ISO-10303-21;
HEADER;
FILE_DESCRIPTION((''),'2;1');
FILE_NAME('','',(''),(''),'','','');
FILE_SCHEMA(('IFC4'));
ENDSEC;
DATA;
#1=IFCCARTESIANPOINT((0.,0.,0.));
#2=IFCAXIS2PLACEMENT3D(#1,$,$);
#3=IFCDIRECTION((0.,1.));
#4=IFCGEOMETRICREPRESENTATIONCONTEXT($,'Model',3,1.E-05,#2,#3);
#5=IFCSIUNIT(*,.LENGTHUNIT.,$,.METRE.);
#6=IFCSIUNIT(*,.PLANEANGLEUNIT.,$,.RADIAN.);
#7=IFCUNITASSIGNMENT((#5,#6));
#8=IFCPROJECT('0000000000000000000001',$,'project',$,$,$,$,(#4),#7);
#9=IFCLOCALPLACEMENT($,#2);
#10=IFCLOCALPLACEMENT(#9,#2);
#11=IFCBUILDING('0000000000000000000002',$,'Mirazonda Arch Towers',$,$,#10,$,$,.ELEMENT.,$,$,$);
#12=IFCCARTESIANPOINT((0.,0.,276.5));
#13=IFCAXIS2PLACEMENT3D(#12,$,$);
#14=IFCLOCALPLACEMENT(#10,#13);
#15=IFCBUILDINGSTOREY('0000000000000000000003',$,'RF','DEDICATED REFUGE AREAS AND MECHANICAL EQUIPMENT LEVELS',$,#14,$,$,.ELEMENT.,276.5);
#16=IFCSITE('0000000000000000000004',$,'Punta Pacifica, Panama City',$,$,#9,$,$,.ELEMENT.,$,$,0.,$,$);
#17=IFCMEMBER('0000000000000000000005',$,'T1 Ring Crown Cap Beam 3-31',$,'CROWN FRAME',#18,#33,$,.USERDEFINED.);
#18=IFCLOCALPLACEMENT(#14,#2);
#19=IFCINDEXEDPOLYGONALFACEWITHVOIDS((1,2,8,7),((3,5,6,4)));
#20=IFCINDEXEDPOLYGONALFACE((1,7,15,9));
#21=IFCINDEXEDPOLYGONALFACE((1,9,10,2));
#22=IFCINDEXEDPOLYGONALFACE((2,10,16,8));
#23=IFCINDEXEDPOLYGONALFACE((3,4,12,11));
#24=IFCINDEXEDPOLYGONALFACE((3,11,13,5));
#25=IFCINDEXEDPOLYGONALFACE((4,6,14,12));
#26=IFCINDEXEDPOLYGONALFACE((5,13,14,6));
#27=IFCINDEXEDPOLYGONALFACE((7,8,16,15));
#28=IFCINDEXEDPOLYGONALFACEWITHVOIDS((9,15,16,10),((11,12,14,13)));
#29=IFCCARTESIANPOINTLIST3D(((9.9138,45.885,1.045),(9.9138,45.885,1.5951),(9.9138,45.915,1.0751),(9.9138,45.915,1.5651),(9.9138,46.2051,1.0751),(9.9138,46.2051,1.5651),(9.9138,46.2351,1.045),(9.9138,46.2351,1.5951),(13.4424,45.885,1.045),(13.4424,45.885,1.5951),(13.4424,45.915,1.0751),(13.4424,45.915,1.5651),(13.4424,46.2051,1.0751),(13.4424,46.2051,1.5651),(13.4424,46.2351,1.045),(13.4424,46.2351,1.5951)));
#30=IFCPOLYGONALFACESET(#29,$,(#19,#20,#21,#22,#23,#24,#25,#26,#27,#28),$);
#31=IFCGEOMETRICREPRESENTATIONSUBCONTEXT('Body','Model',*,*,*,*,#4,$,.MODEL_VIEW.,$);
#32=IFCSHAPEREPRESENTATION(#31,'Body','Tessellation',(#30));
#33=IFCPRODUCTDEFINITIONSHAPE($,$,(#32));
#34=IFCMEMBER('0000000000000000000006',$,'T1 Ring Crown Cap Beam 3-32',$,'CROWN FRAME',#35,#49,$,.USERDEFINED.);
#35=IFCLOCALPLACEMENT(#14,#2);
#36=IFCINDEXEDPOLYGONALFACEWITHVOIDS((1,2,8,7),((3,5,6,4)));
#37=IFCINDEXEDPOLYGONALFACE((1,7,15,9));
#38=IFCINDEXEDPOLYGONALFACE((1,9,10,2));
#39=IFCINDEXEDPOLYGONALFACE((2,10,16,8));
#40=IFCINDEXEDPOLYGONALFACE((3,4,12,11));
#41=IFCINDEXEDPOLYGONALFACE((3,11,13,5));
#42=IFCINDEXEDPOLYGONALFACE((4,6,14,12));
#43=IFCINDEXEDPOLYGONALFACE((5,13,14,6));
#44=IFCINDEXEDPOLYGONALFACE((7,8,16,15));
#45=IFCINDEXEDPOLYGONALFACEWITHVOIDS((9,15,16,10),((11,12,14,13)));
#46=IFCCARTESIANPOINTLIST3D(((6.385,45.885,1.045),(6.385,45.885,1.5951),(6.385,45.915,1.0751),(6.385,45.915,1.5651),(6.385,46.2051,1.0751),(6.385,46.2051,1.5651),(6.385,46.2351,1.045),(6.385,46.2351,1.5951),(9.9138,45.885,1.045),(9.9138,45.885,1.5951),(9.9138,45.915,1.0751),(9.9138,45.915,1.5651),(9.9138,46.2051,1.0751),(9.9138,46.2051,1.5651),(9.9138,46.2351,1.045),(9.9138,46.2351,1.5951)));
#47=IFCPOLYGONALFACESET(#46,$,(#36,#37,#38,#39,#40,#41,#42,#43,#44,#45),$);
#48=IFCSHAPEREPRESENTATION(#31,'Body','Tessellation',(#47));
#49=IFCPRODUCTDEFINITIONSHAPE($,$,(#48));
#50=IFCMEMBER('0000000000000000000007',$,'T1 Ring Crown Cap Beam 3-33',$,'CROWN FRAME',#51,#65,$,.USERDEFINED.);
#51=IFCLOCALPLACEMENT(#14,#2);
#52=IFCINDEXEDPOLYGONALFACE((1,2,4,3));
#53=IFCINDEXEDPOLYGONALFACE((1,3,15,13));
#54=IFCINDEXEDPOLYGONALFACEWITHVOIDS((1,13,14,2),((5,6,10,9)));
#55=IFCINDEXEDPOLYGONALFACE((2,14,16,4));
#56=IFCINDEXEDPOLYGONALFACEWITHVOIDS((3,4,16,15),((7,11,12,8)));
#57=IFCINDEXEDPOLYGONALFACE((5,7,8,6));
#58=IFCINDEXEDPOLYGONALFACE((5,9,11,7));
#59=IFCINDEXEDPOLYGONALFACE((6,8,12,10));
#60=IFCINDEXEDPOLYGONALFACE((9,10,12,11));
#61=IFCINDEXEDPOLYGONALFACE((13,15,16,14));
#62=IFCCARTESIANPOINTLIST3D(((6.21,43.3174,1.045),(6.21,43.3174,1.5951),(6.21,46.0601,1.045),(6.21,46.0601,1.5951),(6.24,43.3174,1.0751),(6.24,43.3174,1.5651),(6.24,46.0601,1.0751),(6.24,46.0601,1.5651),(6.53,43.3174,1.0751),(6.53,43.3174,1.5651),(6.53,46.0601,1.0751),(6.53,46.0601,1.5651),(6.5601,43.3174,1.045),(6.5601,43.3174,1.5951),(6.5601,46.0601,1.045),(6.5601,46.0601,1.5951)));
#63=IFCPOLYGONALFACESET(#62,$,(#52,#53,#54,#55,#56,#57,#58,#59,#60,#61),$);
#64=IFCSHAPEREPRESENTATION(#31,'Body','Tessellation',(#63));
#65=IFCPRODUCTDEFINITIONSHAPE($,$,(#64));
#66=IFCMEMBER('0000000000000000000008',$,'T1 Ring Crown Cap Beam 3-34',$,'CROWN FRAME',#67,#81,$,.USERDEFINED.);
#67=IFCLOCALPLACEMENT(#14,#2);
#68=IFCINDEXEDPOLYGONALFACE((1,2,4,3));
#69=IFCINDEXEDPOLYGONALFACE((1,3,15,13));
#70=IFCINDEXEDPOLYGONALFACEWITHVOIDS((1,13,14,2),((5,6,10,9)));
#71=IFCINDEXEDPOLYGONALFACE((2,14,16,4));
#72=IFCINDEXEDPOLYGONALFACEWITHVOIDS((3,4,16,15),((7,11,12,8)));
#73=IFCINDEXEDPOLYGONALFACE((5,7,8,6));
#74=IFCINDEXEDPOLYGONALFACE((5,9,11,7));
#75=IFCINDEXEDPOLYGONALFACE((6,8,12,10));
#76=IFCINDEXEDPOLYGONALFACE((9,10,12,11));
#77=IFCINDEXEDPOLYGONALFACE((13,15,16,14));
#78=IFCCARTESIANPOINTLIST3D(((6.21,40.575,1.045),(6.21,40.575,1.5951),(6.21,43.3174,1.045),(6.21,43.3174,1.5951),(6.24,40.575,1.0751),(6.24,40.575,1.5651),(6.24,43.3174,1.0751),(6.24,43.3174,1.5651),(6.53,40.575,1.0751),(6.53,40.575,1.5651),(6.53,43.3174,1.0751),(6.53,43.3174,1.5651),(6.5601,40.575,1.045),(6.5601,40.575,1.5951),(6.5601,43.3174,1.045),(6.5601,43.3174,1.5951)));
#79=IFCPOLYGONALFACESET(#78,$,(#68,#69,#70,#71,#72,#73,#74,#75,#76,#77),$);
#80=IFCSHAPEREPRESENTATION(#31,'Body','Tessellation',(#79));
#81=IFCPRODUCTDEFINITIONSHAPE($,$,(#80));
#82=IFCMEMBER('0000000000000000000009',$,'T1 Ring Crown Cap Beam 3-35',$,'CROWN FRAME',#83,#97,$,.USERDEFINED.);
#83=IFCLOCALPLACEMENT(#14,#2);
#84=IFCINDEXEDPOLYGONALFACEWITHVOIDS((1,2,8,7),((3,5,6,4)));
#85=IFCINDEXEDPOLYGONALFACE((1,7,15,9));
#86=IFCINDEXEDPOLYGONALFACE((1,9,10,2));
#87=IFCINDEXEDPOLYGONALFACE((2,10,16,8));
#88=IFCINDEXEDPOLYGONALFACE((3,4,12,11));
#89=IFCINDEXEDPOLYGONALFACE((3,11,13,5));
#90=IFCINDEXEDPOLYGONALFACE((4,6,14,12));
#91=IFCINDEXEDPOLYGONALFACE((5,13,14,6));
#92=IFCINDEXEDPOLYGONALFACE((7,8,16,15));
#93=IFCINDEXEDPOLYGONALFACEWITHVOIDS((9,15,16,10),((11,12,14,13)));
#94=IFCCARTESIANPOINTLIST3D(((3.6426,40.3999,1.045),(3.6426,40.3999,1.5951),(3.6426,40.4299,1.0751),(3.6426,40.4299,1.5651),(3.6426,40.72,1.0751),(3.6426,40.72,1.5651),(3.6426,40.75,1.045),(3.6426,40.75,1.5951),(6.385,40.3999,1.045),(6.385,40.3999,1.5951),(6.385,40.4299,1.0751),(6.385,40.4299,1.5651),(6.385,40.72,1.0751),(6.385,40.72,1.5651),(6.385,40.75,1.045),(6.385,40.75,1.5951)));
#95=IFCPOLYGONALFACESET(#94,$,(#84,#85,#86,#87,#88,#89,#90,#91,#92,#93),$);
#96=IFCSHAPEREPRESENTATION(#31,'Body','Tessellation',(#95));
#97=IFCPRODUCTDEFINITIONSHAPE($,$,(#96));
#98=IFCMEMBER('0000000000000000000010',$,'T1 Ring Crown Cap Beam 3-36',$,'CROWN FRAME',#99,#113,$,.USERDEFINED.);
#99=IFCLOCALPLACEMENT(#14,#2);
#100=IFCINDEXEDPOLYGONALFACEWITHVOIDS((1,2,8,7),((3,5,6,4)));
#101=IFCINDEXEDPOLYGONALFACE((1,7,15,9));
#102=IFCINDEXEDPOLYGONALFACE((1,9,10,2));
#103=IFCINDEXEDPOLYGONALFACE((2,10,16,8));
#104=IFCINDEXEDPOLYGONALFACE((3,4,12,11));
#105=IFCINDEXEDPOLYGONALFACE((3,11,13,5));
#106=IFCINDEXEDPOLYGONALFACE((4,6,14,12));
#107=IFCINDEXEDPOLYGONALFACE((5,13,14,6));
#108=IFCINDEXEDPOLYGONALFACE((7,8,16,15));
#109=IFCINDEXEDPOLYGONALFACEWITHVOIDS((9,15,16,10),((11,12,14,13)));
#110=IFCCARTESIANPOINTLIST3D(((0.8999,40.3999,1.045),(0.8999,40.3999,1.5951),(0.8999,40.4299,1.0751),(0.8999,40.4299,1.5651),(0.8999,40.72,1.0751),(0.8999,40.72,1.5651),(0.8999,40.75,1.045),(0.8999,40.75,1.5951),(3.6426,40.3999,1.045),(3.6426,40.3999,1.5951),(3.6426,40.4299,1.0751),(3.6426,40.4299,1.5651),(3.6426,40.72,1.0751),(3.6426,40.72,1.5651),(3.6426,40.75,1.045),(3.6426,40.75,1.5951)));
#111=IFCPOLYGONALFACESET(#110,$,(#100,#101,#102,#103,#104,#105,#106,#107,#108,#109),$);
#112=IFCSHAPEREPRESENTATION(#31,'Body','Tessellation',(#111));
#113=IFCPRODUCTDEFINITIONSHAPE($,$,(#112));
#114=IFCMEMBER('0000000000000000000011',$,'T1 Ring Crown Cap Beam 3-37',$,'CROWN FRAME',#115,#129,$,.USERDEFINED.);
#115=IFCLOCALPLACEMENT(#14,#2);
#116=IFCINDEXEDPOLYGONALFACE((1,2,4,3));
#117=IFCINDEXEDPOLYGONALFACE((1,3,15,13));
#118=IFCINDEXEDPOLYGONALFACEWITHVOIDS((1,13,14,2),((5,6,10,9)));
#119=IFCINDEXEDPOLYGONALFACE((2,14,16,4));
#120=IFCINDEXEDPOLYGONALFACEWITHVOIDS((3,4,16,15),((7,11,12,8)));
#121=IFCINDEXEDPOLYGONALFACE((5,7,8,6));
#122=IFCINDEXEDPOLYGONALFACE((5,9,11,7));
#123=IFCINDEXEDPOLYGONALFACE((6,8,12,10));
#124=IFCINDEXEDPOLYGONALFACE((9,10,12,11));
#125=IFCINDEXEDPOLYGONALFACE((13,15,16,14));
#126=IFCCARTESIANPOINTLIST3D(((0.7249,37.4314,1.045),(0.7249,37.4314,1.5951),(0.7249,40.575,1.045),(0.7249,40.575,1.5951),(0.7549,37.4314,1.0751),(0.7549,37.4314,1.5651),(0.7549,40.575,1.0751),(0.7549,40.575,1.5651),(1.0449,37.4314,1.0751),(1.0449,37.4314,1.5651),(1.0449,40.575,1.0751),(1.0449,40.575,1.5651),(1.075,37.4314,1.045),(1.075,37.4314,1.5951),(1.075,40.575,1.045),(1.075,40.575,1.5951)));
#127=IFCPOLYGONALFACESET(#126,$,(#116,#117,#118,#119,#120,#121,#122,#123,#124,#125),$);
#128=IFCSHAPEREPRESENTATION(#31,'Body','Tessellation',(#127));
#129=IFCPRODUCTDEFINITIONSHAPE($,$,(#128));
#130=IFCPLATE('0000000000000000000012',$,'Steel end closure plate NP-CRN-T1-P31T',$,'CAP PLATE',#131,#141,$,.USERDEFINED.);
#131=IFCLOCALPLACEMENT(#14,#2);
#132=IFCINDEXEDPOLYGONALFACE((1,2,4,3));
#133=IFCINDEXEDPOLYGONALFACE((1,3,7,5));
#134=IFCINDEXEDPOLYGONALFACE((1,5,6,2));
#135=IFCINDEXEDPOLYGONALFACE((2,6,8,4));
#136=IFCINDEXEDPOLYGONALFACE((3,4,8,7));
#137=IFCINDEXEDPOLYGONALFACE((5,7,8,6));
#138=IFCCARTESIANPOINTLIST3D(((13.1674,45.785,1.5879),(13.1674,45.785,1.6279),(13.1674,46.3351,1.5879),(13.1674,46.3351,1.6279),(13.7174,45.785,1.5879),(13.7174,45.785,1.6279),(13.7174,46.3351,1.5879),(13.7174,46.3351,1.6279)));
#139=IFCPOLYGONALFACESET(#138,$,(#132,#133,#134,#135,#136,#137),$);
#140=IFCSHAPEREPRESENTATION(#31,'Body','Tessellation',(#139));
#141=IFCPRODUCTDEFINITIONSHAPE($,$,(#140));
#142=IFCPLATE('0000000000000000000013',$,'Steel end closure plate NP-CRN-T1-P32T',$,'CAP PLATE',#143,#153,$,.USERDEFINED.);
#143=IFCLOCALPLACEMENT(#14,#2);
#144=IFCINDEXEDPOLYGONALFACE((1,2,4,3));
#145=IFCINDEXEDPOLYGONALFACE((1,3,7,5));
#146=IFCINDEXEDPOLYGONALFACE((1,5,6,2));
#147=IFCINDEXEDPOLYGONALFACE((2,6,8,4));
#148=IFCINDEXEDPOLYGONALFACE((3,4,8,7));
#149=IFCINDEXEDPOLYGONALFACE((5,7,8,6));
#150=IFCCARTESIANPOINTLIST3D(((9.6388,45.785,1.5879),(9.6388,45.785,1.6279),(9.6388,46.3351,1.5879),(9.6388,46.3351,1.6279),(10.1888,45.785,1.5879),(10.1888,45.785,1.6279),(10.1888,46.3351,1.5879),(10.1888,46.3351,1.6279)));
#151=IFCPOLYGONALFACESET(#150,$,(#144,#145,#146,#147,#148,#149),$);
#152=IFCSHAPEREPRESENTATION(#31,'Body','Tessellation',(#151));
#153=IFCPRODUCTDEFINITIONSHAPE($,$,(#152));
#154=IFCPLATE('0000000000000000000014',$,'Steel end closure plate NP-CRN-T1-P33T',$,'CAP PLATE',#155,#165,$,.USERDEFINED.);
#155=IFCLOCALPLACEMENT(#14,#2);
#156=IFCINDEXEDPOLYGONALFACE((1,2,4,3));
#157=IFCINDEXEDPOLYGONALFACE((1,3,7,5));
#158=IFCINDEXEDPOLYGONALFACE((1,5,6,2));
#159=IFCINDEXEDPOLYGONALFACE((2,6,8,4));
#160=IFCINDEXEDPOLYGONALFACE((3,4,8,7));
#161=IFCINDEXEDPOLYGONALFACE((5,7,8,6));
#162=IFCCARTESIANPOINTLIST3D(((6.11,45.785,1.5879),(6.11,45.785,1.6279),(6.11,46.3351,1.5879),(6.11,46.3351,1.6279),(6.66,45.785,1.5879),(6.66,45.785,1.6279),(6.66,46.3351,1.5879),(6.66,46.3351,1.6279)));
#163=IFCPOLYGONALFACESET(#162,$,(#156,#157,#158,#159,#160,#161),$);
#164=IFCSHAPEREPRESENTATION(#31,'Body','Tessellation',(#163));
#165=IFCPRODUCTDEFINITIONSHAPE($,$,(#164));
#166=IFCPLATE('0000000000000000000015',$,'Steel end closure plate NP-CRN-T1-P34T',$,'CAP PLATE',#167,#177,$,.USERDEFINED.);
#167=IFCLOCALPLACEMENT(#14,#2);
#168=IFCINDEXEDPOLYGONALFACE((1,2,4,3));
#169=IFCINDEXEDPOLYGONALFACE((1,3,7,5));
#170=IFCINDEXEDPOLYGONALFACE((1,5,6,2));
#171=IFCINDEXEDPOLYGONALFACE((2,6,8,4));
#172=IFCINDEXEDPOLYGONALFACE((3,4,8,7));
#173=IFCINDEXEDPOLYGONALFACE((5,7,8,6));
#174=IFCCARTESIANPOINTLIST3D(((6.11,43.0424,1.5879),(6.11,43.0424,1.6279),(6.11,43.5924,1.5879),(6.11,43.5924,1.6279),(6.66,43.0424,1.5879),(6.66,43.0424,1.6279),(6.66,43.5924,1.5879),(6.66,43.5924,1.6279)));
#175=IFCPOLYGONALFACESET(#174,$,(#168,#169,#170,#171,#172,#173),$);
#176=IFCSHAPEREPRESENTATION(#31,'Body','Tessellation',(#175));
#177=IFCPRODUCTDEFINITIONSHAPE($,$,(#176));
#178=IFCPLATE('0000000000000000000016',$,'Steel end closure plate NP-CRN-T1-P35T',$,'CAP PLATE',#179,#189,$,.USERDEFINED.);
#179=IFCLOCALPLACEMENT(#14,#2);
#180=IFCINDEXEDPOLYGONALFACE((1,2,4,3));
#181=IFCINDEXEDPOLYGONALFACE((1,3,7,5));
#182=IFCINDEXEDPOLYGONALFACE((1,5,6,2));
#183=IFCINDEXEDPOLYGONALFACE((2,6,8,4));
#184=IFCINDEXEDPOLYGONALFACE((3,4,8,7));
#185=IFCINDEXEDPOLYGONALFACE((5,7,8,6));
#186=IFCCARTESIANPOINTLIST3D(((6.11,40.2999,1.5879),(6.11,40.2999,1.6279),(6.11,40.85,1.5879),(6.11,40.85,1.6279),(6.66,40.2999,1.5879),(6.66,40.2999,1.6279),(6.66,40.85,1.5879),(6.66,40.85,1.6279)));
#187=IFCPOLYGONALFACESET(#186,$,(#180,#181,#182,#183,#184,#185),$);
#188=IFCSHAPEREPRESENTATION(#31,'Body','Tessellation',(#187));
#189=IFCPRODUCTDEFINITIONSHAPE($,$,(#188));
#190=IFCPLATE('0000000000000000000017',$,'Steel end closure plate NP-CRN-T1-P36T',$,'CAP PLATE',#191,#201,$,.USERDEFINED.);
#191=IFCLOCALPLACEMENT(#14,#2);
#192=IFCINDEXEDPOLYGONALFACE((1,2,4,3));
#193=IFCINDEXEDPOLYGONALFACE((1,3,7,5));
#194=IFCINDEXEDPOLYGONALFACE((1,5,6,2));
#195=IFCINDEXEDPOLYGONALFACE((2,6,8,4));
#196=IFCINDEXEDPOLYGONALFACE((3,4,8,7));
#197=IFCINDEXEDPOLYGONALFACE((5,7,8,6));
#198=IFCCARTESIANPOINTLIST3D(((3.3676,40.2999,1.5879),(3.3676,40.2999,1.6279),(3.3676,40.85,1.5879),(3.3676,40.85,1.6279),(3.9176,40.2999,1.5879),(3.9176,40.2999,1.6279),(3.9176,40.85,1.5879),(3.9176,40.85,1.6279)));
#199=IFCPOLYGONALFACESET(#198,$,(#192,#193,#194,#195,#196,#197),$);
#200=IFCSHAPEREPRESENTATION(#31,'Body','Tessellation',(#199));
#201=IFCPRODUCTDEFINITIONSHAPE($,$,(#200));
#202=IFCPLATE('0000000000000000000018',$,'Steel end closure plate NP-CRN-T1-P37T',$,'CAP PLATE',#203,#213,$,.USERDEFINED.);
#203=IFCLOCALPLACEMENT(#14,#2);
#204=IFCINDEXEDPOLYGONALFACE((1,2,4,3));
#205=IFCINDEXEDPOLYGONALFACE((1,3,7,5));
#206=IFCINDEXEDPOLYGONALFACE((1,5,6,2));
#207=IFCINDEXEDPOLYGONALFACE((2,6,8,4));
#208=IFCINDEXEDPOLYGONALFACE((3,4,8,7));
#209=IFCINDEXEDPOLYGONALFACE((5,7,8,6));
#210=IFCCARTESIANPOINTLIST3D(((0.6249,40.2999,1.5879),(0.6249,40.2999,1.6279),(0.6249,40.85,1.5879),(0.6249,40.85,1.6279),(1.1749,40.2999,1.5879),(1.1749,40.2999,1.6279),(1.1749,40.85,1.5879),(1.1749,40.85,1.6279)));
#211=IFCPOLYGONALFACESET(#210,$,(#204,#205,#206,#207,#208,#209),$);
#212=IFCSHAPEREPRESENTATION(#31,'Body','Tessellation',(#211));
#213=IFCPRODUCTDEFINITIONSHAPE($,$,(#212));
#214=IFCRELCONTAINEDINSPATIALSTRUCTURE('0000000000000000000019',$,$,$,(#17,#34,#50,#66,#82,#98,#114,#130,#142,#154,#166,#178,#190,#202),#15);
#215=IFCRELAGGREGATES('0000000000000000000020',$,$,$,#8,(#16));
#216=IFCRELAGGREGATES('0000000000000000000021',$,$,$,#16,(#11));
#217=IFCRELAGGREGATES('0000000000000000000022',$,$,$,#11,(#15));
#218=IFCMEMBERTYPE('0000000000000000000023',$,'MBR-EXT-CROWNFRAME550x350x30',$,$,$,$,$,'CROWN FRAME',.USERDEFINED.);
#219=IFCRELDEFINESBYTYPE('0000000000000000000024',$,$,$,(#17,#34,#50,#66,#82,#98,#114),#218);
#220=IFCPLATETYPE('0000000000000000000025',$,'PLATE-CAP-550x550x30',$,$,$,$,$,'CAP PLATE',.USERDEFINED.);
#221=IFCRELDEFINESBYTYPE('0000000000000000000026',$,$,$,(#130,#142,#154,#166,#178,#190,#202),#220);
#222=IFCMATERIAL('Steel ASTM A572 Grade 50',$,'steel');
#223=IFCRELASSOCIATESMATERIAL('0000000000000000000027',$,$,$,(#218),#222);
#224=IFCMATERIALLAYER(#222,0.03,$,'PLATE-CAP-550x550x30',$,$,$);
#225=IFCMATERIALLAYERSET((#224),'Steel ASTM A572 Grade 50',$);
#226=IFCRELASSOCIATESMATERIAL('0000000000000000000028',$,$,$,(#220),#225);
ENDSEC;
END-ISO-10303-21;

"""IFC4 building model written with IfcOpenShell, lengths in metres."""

from ifc_helpers import new_model, si_unit, direction, frame, origin, origin_2d, place, context, subcontext, project, spatial, rectangle, hollow_rectangle, extrude, material, layer, layer_set, material_profile, profile_set, type_object, element, save


model = new_model("IFC4")

# Units and contexts
model_context = context("Model", 3, precision=1e-05, world=origin(), true_north=direction((0.0, 1.0)))
body_context = subcontext(model_context, "Body", "Model", "MODEL_VIEW")
ifc_project = project(units=[si_unit("LENGTHUNIT", "METRE"), si_unit("PLANEANGLEUNIT", "RADIAN")], contexts=[model_context])

# Site, building, storey
site_placement = place(None, origin())
site = spatial("IfcSite", under=ifc_project, at=site_placement, Name="Punta Pacifica, Panama City", CompositionType="ELEMENT", RefElevation=0.0)
building_placement = place(site_placement, origin())
building = spatial("IfcBuilding", under=site, at=building_placement, Name="Mirazonda Arch Towers", CompositionType="ELEMENT")
storey_placement = place(building_placement, frame((0.0, 0.0, 276.5)))
storey = spatial("IfcBuildingStorey", under=building, at=storey_placement, Name="RF", Description="DEDICATED REFUGE AREAS AND MECHANICAL EQUIPMENT LEVELS", CompositionType="ELEMENT", Elevation=276.5)

# Members
ifc_material_1 = material(Name="Steel ASTM A572 Grade 50", Category="steel")
ifc_material_profile = material_profile(ifc_material_1, hollow_rectangle(XDim=0.3501, YDim=0.55, WallThickness=0.03, at=origin_2d()), Name="CROWNFRAME550x350x30")
ifc_profile_set = profile_set([ifc_material_profile], Name="Steel ASTM A572 Grade 50")
member_type = type_object("IfcMemberType", Name="MBR-EXT-CROWNFRAME550x350x30", ElementType="CROWN FRAME", PredefinedType="USERDEFINED", material=ifc_profile_set)
member_1_placement = place(storey_placement, frame((13.4424, 46.0601, 1.3201), z_axis=(-1.0, 0.0, 0.0), x_axis=(0.0, -1.0, 0.0)))
element("IfcMember", 1, at=member_1_placement, inside=storey, type_object=member_type, Name="T1 Ring Crown Cap Beam 3-31", ObjectType="CROWN FRAME", PredefinedType="USERDEFINED", context=body_context, shape_type="SweptSolid", body=[
    extrude(hollow_rectangle(XDim=0.3501, YDim=0.55, WallThickness=0.03, at=origin_2d()), origin(), (0.0, 0.0, 1.0), 3.5286),
])
member_2_placement = place(storey_placement, frame((9.9138, 46.0601, 1.3201), z_axis=(-1.0, 0.0, 0.0), x_axis=(0.0, -1.0, 0.0)))
element("IfcMember", 2, at=member_2_placement, inside=storey, type_object=member_type, Name="T1 Ring Crown Cap Beam 3-32", ObjectType="CROWN FRAME", PredefinedType="USERDEFINED", context=body_context, shape_type="SweptSolid", body=[
    extrude(hollow_rectangle(XDim=0.3501, YDim=0.55, WallThickness=0.03, at=origin_2d()), origin(), (0.0, 0.0, 1.0), 3.5288),
])
member_3_placement = place(storey_placement, frame((6.385, 46.0601, 1.3201), z_axis=(0.0, -1.0, 0.0), x_axis=(1.0, 0.0, 0.0)))
element("IfcMember", 3, at=member_3_placement, inside=storey, type_object=member_type, Name="T1 Ring Crown Cap Beam 3-33", ObjectType="CROWN FRAME", PredefinedType="USERDEFINED", context=body_context, shape_type="SweptSolid", body=[
    extrude(hollow_rectangle(XDim=0.3501, YDim=0.55, WallThickness=0.03, at=origin_2d()), origin(), (0.0, 0.0, 1.0), 2.7427),
])
for number, where, z_axis, x_axis, name in (
    (4, (6.385, 43.3174, 1.3201), (0.0, -1.0, 0.0), (1.0, 0.0, 0.0), "T1 Ring Crown Cap Beam 3-34"),
    (5, (6.385, 40.575, 1.3201), (-1.0, 0.0, 0.0), (0.0, -1.0, 0.0), "T1 Ring Crown Cap Beam 3-35"),
):
    element("IfcMember", number, at=place(storey_placement, frame(where, z_axis=z_axis, x_axis=x_axis)), inside=storey, type_object=member_type, Name=name, ObjectType="CROWN FRAME", PredefinedType="USERDEFINED", context=body_context, shape_type="SweptSolid", body=[
        extrude(hollow_rectangle(XDim=0.3501, YDim=0.55, WallThickness=0.03, at=origin_2d()), origin(), (0.0, 0.0, 1.0), 2.7424),
    ])
member_4_placement = place(storey_placement, frame((3.6426, 40.575, 1.3201), z_axis=(-1.0, 0.0, 0.0), x_axis=(0.0, -1.0, 0.0)))
element("IfcMember", 6, at=member_4_placement, inside=storey, type_object=member_type, Name="T1 Ring Crown Cap Beam 3-36", ObjectType="CROWN FRAME", PredefinedType="USERDEFINED", context=body_context, shape_type="SweptSolid", body=[
    extrude(hollow_rectangle(XDim=0.3501, YDim=0.55, WallThickness=0.03, at=origin_2d()), origin(), (0.0, 0.0, 1.0), 2.7427),
])
member_5_placement = place(storey_placement, frame((0.8999, 40.575, 1.3201), z_axis=(0.0, -1.0, 0.0), x_axis=(1.0, 0.0, 0.0)))
element("IfcMember", 7, at=member_5_placement, inside=storey, type_object=member_type, Name="T1 Ring Crown Cap Beam 3-37", ObjectType="CROWN FRAME", PredefinedType="USERDEFINED", context=body_context, shape_type="SweptSolid", body=[
    extrude(hollow_rectangle(XDim=0.3501, YDim=0.55, WallThickness=0.03, at=origin_2d()), origin(), (0.0, 0.0, 1.0), 3.1436),
])

# Plates
ifc_layer_1 = layer(ifc_material_1, 0.03, Name="PLATE-CAP-550x550x30")
ifc_layer_set_1 = layer_set([ifc_layer_1], Name="Steel ASTM A572 Grade 50")
plate_type = type_object("IfcPlateType", Name="PLATE-CAP-550x550x30", ElementType="CAP PLATE", PredefinedType="USERDEFINED", material=ifc_layer_set_1)
for number, where, z_axis, x_axis, name in (
    (8, (13.4424, 46.0601, 1.5879), (0.0, 0.0, 1.0), (1.0, 0.0, 0.0), "Steel end closure plate NP-CRN-T1-P31T"),
    (9, (9.9138, 46.0601, 1.5879), (0.0, 0.0, 1.0), (1.0, 0.0, 0.0), "Steel end closure plate NP-CRN-T1-P32T"),
    (10, (6.385, 46.0601, 1.5879), (0.0, 0.0, 1.0), (1.0, 0.0, 0.0), "Steel end closure plate NP-CRN-T1-P33T"),
    (11, (6.385, 43.3174, 1.5879), (0.0, 0.0, 1.0), (1.0, 0.0, 0.0), "Steel end closure plate NP-CRN-T1-P34T"),
    (12, (6.385, 40.575, 1.5879), (0.0, 0.0, 1.0), (1.0, 0.0, 0.0), "Steel end closure plate NP-CRN-T1-P35T"),
    (13, (3.6426, 40.575, 1.5879), (0.0, 0.0, 1.0), (1.0, 0.0, 0.0), "Steel end closure plate NP-CRN-T1-P36T"),
    (14, (0.8999, 40.575, 1.5879), (0.0, 0.0, 1.0), (1.0, 0.0, 0.0), "Steel end closure plate NP-CRN-T1-P37T"),
):
    element("IfcPlate", number, at=place(storey_placement, frame(where, z_axis=z_axis, x_axis=x_axis)), inside=storey, type_object=plate_type, Name=name, ObjectType="CAP PLATE", PredefinedType="USERDEFINED", context=body_context, shape_type="SweptSolid", body=[
        extrude(rectangle(XDim=0.55, YDim=0.55, at=origin_2d()), origin(), (0.0, 0.0, 1.0), 0.04),
    ])

save(model, "model.ifc")
